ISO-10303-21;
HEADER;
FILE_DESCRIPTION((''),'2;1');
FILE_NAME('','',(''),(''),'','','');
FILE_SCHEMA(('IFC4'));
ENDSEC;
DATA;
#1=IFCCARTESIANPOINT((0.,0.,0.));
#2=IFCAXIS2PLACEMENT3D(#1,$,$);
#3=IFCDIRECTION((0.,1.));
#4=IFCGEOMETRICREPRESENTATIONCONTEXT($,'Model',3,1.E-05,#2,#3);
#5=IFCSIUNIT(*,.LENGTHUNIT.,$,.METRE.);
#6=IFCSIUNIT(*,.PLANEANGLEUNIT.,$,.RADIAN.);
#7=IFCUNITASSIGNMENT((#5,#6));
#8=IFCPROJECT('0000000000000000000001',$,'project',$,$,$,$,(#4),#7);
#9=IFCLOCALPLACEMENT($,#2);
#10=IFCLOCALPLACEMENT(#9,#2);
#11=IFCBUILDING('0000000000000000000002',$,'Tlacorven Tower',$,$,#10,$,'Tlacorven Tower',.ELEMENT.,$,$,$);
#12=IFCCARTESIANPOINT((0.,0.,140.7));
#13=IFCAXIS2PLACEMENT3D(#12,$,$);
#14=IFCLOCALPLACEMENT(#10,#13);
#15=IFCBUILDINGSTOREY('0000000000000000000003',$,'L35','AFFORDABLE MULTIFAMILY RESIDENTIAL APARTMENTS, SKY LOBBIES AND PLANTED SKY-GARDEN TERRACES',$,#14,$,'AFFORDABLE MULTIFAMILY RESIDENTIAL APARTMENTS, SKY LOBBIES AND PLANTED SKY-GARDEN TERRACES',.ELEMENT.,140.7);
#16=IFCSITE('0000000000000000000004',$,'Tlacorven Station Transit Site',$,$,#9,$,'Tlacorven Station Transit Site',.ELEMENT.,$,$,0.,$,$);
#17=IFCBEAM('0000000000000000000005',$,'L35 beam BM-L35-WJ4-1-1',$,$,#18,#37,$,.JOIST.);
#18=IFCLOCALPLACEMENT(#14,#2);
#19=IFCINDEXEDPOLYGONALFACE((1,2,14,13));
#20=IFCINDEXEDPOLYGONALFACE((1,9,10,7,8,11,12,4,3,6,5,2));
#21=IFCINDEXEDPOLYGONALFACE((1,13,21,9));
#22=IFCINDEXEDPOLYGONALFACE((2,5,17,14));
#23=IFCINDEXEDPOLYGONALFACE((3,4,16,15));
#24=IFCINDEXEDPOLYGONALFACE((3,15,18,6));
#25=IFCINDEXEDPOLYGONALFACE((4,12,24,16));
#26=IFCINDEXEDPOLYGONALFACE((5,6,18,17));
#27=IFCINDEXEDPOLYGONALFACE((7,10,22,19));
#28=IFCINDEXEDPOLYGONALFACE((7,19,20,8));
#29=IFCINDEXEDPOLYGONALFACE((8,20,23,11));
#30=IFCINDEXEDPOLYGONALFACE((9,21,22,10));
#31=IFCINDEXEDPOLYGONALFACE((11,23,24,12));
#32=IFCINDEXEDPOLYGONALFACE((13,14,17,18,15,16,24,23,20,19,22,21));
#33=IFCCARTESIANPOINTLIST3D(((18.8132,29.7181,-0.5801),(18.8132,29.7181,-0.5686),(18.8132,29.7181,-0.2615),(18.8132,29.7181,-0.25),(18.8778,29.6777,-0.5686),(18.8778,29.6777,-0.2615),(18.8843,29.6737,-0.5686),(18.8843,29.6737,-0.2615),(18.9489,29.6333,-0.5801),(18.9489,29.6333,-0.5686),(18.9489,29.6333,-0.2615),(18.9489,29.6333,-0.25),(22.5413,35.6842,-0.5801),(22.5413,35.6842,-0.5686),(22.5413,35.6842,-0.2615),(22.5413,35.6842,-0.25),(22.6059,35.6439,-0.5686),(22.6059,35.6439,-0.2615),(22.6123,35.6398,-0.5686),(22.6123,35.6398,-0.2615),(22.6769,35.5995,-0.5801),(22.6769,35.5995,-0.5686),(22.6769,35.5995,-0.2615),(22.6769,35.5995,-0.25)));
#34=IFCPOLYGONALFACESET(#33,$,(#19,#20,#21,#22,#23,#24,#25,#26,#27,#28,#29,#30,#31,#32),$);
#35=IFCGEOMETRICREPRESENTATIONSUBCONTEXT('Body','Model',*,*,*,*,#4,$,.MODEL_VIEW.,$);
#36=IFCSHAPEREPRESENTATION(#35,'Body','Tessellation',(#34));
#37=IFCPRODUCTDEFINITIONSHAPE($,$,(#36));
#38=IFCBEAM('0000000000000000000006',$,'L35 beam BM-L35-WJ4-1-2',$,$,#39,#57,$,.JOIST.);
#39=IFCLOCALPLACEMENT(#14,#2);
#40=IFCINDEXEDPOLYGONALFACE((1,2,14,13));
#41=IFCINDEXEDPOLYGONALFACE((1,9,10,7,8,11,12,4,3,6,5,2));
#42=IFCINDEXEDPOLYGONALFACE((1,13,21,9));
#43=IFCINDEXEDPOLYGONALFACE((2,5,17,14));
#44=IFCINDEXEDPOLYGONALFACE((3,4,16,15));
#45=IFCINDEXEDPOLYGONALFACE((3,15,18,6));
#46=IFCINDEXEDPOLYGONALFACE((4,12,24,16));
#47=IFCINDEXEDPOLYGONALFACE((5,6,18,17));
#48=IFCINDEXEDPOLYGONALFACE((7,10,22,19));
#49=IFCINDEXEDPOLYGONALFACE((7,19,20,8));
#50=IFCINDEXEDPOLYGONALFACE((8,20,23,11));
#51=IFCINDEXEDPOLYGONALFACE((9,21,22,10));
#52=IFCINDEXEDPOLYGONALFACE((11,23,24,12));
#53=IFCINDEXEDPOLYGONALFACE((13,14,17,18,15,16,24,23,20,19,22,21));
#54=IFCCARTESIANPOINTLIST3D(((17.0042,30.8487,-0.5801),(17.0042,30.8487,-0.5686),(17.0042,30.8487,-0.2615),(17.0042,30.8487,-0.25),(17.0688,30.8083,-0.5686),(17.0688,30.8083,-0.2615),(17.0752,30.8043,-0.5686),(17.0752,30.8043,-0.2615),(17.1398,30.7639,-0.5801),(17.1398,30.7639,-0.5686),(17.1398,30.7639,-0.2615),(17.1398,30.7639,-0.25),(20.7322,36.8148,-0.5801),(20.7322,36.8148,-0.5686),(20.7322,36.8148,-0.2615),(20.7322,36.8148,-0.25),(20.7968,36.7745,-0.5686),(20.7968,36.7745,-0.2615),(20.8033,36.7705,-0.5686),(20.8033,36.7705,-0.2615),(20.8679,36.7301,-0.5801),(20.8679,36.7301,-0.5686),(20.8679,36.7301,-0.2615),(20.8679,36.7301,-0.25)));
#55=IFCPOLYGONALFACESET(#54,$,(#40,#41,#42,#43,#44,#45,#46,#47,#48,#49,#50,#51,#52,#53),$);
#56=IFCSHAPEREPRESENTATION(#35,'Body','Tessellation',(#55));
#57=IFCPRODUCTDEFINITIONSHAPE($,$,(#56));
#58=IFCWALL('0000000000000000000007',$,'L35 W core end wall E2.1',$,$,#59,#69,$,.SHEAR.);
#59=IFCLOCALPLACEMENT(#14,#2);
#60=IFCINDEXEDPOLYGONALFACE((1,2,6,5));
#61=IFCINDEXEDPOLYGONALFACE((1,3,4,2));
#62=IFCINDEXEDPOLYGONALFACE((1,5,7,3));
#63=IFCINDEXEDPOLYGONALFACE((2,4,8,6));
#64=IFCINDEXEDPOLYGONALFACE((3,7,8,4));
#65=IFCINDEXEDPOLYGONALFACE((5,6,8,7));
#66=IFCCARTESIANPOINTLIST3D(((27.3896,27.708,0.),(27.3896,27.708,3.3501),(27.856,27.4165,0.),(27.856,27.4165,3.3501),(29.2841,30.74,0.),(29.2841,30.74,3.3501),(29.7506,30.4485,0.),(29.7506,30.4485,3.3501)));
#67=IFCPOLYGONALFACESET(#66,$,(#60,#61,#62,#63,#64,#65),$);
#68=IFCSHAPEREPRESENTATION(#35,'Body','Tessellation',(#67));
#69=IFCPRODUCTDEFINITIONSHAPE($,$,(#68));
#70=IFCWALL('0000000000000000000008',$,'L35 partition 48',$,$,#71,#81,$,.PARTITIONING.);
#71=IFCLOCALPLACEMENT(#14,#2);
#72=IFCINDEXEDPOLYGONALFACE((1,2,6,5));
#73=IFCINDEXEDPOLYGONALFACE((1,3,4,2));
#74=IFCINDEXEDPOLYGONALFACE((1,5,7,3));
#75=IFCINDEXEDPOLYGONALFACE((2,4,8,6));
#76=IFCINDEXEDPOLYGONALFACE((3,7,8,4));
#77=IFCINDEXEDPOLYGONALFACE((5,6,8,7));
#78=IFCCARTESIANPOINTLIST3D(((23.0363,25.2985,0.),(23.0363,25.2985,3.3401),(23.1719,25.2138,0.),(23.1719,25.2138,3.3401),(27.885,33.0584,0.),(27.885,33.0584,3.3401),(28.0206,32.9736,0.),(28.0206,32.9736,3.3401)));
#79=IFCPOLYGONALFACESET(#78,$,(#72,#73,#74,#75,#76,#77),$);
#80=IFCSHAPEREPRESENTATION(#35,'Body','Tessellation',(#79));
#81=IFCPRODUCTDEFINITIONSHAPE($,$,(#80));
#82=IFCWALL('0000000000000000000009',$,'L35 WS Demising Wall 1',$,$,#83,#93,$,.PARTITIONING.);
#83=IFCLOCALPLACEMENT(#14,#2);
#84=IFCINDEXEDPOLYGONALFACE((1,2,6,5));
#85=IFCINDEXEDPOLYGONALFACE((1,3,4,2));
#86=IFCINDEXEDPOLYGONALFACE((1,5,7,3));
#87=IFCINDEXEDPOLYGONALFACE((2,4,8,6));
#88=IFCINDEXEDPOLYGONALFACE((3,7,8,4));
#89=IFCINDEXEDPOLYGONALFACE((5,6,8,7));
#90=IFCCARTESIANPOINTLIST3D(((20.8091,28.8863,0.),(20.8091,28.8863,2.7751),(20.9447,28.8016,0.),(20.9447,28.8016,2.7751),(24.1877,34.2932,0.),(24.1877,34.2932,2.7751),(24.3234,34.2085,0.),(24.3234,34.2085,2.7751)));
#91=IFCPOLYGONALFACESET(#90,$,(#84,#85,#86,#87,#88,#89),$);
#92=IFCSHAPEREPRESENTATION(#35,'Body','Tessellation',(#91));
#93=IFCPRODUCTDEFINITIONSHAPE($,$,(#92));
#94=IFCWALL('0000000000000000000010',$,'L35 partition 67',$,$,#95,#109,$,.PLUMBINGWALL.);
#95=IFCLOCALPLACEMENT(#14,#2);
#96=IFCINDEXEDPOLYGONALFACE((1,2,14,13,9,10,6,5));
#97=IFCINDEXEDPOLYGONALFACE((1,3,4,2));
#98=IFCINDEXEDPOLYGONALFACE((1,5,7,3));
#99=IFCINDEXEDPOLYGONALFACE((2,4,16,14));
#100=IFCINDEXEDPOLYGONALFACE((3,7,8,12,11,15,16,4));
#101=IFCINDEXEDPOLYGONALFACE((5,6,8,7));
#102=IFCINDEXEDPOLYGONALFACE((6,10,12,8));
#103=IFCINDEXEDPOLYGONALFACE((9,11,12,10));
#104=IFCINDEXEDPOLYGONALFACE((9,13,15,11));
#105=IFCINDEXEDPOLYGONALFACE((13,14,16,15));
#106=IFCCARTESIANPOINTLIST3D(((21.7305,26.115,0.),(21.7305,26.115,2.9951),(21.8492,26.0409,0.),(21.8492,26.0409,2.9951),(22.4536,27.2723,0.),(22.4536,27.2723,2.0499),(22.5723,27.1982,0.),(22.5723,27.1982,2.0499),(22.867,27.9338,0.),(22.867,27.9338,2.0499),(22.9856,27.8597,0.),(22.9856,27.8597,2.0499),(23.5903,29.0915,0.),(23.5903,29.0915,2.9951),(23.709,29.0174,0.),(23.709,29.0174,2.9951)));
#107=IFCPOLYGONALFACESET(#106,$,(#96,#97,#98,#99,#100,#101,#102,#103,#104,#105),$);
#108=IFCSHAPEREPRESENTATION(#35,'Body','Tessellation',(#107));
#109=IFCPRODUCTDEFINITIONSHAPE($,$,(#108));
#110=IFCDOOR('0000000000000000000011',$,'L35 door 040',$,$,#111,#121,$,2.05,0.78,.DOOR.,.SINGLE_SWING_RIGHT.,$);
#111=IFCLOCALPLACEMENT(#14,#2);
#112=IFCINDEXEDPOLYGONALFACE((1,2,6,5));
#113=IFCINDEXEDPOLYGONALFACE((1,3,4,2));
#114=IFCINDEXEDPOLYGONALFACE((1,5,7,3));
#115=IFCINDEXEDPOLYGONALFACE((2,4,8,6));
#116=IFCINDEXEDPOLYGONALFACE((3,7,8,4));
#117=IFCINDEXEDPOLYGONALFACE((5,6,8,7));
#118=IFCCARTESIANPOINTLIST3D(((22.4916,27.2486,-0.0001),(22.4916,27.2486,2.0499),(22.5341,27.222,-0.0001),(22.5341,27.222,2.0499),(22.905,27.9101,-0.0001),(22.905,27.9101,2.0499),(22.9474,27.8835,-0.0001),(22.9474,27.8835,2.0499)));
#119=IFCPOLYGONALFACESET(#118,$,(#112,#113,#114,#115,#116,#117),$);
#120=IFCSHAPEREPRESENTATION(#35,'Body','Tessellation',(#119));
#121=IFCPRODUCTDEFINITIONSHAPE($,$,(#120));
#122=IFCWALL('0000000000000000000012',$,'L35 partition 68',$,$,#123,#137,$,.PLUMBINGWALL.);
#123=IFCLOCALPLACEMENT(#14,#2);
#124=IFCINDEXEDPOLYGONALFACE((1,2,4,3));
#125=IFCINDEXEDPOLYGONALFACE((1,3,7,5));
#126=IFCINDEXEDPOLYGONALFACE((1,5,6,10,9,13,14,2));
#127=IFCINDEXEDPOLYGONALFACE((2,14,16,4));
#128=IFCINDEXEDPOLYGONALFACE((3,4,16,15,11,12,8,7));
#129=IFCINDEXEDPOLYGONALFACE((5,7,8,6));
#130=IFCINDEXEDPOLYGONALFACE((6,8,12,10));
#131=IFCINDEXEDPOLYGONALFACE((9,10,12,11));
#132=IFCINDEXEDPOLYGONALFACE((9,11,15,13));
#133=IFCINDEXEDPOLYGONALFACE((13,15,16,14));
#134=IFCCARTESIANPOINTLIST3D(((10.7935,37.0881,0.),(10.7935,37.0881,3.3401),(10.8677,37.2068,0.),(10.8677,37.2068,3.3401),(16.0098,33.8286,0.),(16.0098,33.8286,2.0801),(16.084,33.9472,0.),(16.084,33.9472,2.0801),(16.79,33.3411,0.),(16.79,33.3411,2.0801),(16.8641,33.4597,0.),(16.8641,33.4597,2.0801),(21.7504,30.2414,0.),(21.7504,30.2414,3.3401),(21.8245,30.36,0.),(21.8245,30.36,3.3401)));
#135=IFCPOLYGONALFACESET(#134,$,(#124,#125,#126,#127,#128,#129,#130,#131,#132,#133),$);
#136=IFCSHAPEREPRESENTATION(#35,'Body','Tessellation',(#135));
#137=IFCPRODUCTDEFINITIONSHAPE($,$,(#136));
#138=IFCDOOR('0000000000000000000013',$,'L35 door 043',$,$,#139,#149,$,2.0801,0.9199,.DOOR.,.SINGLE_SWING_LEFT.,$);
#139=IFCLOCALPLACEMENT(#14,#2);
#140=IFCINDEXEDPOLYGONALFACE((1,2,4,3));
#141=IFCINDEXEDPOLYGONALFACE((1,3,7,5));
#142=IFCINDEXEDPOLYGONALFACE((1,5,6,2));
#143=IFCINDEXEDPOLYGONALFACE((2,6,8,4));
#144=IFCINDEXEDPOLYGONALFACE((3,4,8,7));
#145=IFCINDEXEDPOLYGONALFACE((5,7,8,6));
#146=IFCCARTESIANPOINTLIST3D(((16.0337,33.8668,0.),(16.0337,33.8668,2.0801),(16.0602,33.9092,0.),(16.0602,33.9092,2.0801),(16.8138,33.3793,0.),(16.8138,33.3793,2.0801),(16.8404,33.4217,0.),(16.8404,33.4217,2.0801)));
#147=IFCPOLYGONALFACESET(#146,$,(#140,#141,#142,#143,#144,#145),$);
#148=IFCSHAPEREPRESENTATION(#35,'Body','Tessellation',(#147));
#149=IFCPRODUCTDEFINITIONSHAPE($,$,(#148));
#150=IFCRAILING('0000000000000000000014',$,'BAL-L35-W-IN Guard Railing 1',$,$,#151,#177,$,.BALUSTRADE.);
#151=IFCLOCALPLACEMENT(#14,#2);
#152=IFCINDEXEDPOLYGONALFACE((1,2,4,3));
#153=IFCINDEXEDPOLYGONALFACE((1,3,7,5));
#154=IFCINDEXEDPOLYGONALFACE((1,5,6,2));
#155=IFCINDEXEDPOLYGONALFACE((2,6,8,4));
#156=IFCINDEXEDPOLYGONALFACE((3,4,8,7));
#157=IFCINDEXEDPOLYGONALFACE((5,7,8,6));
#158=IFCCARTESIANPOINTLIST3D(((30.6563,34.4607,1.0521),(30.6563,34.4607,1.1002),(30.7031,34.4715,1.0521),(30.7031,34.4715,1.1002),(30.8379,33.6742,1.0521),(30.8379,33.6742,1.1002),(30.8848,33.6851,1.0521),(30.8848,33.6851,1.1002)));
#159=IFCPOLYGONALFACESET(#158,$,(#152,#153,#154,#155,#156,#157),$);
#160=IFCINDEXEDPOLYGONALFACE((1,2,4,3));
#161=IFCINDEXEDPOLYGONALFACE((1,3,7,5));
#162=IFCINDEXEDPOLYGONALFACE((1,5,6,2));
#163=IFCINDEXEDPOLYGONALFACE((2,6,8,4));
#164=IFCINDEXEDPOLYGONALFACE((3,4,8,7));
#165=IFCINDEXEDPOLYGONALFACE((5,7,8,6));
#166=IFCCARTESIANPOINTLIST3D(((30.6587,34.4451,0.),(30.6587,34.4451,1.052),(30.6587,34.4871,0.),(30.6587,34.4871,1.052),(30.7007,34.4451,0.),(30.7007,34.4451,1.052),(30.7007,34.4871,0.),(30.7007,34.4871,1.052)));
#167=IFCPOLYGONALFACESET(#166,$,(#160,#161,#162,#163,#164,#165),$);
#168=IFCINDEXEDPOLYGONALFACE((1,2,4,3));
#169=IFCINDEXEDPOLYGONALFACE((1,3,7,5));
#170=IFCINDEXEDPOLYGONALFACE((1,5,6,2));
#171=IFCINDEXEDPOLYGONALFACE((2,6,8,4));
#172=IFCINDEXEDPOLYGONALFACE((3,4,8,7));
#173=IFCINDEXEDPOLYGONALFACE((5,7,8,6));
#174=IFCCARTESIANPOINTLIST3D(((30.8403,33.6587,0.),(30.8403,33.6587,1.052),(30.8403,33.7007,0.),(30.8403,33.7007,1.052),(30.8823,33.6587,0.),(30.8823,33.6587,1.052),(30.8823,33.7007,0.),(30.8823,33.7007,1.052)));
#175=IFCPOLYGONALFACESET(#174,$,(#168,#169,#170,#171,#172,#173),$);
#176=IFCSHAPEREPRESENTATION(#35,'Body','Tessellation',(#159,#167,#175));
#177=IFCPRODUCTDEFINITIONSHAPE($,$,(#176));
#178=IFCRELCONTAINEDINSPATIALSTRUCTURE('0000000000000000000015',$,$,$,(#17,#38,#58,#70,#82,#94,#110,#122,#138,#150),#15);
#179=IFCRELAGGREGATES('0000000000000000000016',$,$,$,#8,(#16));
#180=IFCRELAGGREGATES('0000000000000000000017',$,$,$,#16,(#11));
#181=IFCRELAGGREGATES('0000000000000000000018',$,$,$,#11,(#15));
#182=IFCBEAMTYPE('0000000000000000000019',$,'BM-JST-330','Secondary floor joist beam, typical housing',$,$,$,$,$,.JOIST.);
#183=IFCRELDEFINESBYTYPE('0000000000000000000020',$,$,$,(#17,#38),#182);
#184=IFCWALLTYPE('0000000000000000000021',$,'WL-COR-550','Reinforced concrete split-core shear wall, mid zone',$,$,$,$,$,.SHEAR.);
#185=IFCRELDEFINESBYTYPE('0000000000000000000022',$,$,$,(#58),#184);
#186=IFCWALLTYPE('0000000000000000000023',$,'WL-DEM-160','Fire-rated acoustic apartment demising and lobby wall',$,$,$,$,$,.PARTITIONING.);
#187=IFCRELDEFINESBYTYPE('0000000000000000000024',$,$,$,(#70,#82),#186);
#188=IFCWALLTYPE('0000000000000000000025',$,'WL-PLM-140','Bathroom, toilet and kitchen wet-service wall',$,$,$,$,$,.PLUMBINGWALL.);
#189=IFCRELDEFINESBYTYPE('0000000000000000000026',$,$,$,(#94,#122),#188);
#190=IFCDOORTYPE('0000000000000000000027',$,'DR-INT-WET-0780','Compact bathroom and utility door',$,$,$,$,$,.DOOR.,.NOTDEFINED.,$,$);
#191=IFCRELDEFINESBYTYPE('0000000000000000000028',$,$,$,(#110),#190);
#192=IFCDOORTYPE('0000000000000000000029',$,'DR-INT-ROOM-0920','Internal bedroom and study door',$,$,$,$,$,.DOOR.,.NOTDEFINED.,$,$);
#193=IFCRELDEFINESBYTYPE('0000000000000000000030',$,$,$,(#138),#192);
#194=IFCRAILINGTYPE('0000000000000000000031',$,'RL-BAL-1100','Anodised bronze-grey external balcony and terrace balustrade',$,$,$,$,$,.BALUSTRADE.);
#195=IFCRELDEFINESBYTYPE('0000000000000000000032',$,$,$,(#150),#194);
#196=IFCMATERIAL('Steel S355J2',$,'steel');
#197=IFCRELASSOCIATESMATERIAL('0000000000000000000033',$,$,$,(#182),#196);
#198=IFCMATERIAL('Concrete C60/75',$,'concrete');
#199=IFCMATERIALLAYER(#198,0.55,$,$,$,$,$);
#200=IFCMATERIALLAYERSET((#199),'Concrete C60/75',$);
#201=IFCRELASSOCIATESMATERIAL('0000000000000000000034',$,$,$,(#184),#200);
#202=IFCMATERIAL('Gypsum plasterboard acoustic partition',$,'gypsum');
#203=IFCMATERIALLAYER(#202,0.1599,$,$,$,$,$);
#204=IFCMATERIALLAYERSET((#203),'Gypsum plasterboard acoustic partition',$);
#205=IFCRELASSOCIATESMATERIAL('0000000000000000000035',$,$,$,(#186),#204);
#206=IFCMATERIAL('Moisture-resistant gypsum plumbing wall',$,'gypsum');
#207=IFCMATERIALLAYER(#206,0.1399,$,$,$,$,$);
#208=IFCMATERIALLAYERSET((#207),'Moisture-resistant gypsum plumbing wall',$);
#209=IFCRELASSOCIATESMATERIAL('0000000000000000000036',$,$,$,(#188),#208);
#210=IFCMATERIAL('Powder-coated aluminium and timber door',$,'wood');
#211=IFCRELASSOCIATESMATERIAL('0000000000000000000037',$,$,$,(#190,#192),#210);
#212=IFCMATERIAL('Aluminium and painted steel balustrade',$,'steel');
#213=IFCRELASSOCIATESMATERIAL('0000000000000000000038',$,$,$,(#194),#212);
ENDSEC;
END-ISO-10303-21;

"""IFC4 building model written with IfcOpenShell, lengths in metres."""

from ifc_helpers import new_model, si_unit, direction, frame, frame_2d, origin, origin_2d, place, context, subcontext, project, spatial, rectangle, i_section, extrude, source, transform, mapped, material, layer, layer_set, material_profile, profile_set, type_object, element, fill, save


model = new_model("IFC4")

# Units and contexts
model_context = context("Model", 3, precision=1e-05, world=origin(), true_north=direction((0.0, 1.0)))
body_context = subcontext(model_context, "Body", "Model", "MODEL_VIEW")
ifc_project = project(units=[si_unit("LENGTHUNIT", "METRE"), si_unit("PLANEANGLEUNIT", "RADIAN")], contexts=[model_context])

# Site, building, storey
site_placement = place(None, origin())
site = spatial("IfcSite", under=ifc_project, at=site_placement, Name="Tlacorven Station Transit Site", LongName="Tlacorven Station Transit Site", CompositionType="ELEMENT", RefElevation=0.0)
building_placement = place(site_placement, origin())
building = spatial("IfcBuilding", under=site, at=building_placement, Name="Tlacorven Tower", LongName="Tlacorven Tower", CompositionType="ELEMENT")
storey_placement = place(building_placement, frame((0.0, 0.0, 140.7)))
storey = spatial("IfcBuildingStorey", under=building, at=storey_placement, Name="L35", Description="AFFORDABLE MULTIFAMILY RESIDENTIAL APARTMENTS, SKY LOBBIES AND PLANTED SKY-GARDEN TERRACES", LongName="AFFORDABLE MULTIFAMILY RESIDENTIAL APARTMENTS, SKY LOBBIES AND PLANTED SKY-GARDEN TERRACES", CompositionType="ELEMENT", Elevation=140.7)

# Beams
ifc_material_1 = material(Name="Steel S355J2", Category="steel")
ifc_material_profile_1 = material_profile(ifc_material_1, i_section(OverallWidth=0.1599, OverallDepth=0.3301, WebThickness=0.0076, FlangeThickness=0.0115, at=origin_2d()), Name="IPE 330")
ifc_profile_set_1 = profile_set([ifc_material_profile_1], Name="Steel S355J2")
beam_type_1 = type_object("IfcBeamType", Name="BM-JST-330", Description="Secondary floor joist beam, typical housing", PredefinedType="JOIST", material=ifc_profile_set_1)
shared_shape_1 = source(origin(), body_context, "Body", "SweptSolid", [
    extrude(i_section(OverallWidth=0.1599, OverallDepth=0.3301, WebThickness=0.0076, FlangeThickness=0.0115, at=origin_2d()), origin(), (0.0, 0.0, 1.0), 7.0352),
])
for number, where, z_axis, x_axis, name in (
    (1, (22.6091, 35.6418, -0.415), (-0.529921, -0.848047, 0.0), (0.848047, -0.529921, 0.0), "L35 beam BM-L35-WJ4-1-1"),
    (2, (20.8, 36.7725, -0.415), (-0.529921, -0.848047, 0.0), (0.848047, -0.529921, 0.0), "L35 beam BM-L35-WJ4-1-2"),
):
    element("IfcBeam", number, at=place(storey_placement, frame(where, z_axis=z_axis, x_axis=x_axis)), inside=storey, type_object=beam_type_1, Name=name, PredefinedType="JOIST", context=body_context, shape_type="MappedRepresentation", body=[
        mapped(shared_shape_1, transform((0.0, 0.0, 0.0), scale=1.0)),
    ])

# Walls
ifc_material_2 = material(Name="Concrete C60/75", Category="concrete")
ifc_layer_1 = layer(ifc_material_2, 0.55)
ifc_layer_set_1 = layer_set([ifc_layer_1], Name="Concrete C60/75")
wall_type_1 = type_object("IfcWallType", Name="WL-COR-550", Description="Reinforced concrete split-core shear wall, mid zone", PredefinedType="SHEAR", material=ifc_layer_set_1)
wall_1_placement = place(storey_placement, frame((29.5173, 30.5942, 0.0), z_axis=(0.0, 0.0, 1.0), x_axis=(-0.529907, -0.848056, 0.0)))
element("IfcWall", 3, at=wall_1_placement, inside=storey, type_object=wall_type_1, Name="L35 W core end wall E2.1", PredefinedType="SHEAR", context=body_context, shape_type="SweptSolid", body=[
    extrude(rectangle(XDim=3.5752, YDim=0.55, at=frame_2d((1.7876, 0.0))), origin(), (0.0, 0.0, 1.0), 3.3501),
])
ifc_material_3 = material(Name="Gypsum plasterboard acoustic partition", Category="gypsum")
ifc_layer_2 = layer(ifc_material_3, 0.1599)
ifc_layer_set_2 = layer_set([ifc_layer_2], Name="Gypsum plasterboard acoustic partition")
wall_type_2 = type_object("IfcWallType", Name="WL-DEM-160", Description="Fire-rated acoustic apartment demising and lobby wall", PredefinedType="PARTITIONING", material=ifc_layer_set_2)
wall_2_placement = place(storey_placement, frame((27.9529, 33.0161, 0.0), z_axis=(0.0, 0.0, 1.0), x_axis=(-0.529903, -0.848058, 0.0)))
element("IfcWall", 4, at=wall_2_placement, inside=storey, type_object=wall_type_2, Name="L35 partition 48", PredefinedType="PARTITIONING", context=body_context, shape_type="SweptSolid", body=[
    extrude(rectangle(XDim=9.1501, YDim=0.1599, at=frame_2d((4.5752, 0.0))), origin(), (0.0, 0.0, 1.0), 3.3401),
])
wall_3_placement = place(storey_placement, frame((24.2556, 34.251, 0.0), z_axis=(0.0, 0.0, 1.0), x_axis=(-0.52992, -0.848048, 0.0)))
element("IfcWall", 5, at=wall_3_placement, inside=storey, type_object=wall_type_2, Name="L35 WS Demising Wall 1", PredefinedType="PARTITIONING", context=body_context, shape_type="SweptSolid", body=[
    extrude(rectangle(XDim=6.3757, YDim=0.1599, at=frame_2d((3.188, 0.0))), origin(), (0.0, 0.0, 1.0), 2.7751),
])

# Walls, openings, doors
ifc_material_4 = material(Name="Moisture-resistant gypsum plumbing wall", Category="gypsum")
ifc_layer_3 = layer(ifc_material_4, 0.1399)
ifc_layer_set_3 = layer_set([ifc_layer_3], Name="Moisture-resistant gypsum plumbing wall")
wall_type_3 = type_object("IfcWallType", Name="WL-PLM-140", Description="Bathroom, toilet and kitchen wet-service wall", PredefinedType="PLUMBINGWALL", material=ifc_layer_set_3)
wall_4_placement = place(storey_placement, frame((23.6497, 29.0544, 0.0), z_axis=(0.0, 0.0, 1.0), x_axis=(-0.529899, -0.848061, 0.0)))
wall_4 = element("IfcWall", 6, at=wall_4_placement, inside=storey, type_object=wall_type_3, Name="L35 partition 67", PredefinedType="PLUMBINGWALL", context=body_context, shape_type="SweptSolid", body=[
    extrude(rectangle(XDim=3.5098, YDim=0.1399, at=frame_2d((1.7549, 0.0))), origin(), (0.0, 0.0, 1.0), 2.9951),
])
opening_1_placement = place(wall_4_placement, frame((1.365, 0.0, 0.0)))
opening_1 = element("IfcOpeningElement", 7, at=opening_1_placement, cuts=wall_4, PredefinedType="OPENING", context=body_context, shape_type="SweptSolid", body=[
    extrude(rectangle(XDim=0.78, YDim=2.05, at=frame_2d((0.3901, 1.0249))), frame((0.0, 0.0801, 0.0), z_axis=(0.0, -1.0, 0.0), x_axis=(1.0, 0.0, 0.0)), (0.0, 0.0, 1.0), 0.1599),
])
ifc_material_5 = material(Name="Powder-coated aluminium and timber door", Category="wood")
door_type_1 = type_object("IfcDoorType", Name="DR-INT-WET-0780", Description="Compact bathroom and utility door", OperationType="NOTDEFINED", PredefinedType="DOOR", material=ifc_material_5)
shared_shape_2 = source(origin(), body_context, "Body", "SweptSolid", [
    extrude(rectangle(XDim=0.78, YDim=2.05, at=frame_2d((0.3901, 1.0249))), frame((0.0, 0.0249, 0.0), z_axis=(0.0, -1.0, 0.0), x_axis=(1.0, 0.0, 0.0)), (0.0, 0.0, 1.0), 0.05),
])
door_1_placement = place(opening_1_placement, origin())
door_1 = element("IfcDoor", 8, at=door_1_placement, inside=storey, type_object=door_type_1, Name="L35 door 040", OperationType="SINGLE_SWING_RIGHT", OverallHeight=2.05, OverallWidth=0.78, PredefinedType="DOOR", context=body_context, shape_type="MappedRepresentation", body=[
    mapped(shared_shape_2, transform((0.0, 0.0, 0.0), scale=1.0)),
])
fill(opening_1, door_1)
wall_5_placement = place(storey_placement, frame((21.7874, 30.3008, 0.0), z_axis=(0.0, 0.0, 1.0), x_axis=(-0.848044, 0.529926, 0.0)))
wall_5 = element("IfcWall", 9, at=wall_5_placement, inside=storey, type_object=wall_type_3, Name="L35 partition 68", PredefinedType="PLUMBINGWALL", context=body_context, shape_type="SweptSolid", body=[
    extrude(rectangle(XDim=12.9202, YDim=0.1399, at=frame_2d((6.46, 0.0))), origin(), (0.0, 0.0, 1.0), 3.3401),
])
opening_2_placement = place(wall_5_placement, frame((5.8491, 0.0, 0.0)))
opening_2 = element("IfcOpeningElement", 10, at=opening_2_placement, cuts=wall_5, PredefinedType="OPENING", context=body_context, shape_type="SweptSolid", body=[
    extrude(rectangle(XDim=0.9199, YDim=2.0801, at=frame_2d((0.46, 1.04))), frame((0.0, 0.0801, 0.0), z_axis=(0.0, -1.0, 0.0), x_axis=(1.0, 0.0, 0.0)), (0.0, 0.0, 1.0), 0.1599),
])
door_type_2 = type_object("IfcDoorType", Name="DR-INT-ROOM-0920", Description="Internal bedroom and study door", OperationType="NOTDEFINED", PredefinedType="DOOR", material=ifc_material_5)
shared_shape_3 = source(origin(), body_context, "Body", "SweptSolid", [
    extrude(rectangle(XDim=0.9199, YDim=2.0801, at=frame_2d((0.46, 1.04))), frame((0.0, 0.0249, 0.0), z_axis=(0.0, -1.0, 0.0), x_axis=(1.0, 0.0, 0.0)), (0.0, 0.0, 1.0), 0.05),
])
door_2_placement = place(opening_2_placement, origin())
door_2 = element("IfcDoor", 11, at=door_2_placement, inside=storey, type_object=door_type_2, Name="L35 door 043", OperationType="SINGLE_SWING_LEFT", OverallHeight=2.0801, OverallWidth=0.9199, PredefinedType="DOOR", context=body_context, shape_type="MappedRepresentation", body=[
    mapped(shared_shape_3, transform((0.0, 0.0, 0.0), scale=1.0)),
])
fill(opening_2, door_2)

# Railing
ifc_material_6 = material(Name="Aluminium and painted steel balustrade", Category="steel")
railing_type = type_object("IfcRailingType", Name="RL-BAL-1100", Description="Anodised bronze-grey external balcony and terrace balustrade", PredefinedType="BALUSTRADE", material=ifc_material_6)
shared_shape_4 = source(origin(), body_context, "Body", "SweptSolid", [
    extrude(rectangle(XDim=0.0481, YDim=0.0481, at=origin_2d()), frame((0.0, 0.0, 1.0762), z_axis=(0.225058, -0.974345, 0.0), x_axis=(0.974345, 0.225058, 0.0)), (0.0, 0.0, 1.0), 0.8071),
    extrude(rectangle(XDim=0.042, YDim=0.042, at=origin_2d()), origin(), (0.0, 0.0, 1.0), 1.052),
    extrude(rectangle(XDim=0.042, YDim=0.042, at=origin_2d()), frame((0.1816, -0.7864, 0.0)), (0.0, 0.0, 1.0), 1.052),
])
railing_1_placement = place(storey_placement, frame((30.6797, 34.4661, 0.0)))
element("IfcRailing", 12, at=railing_1_placement, inside=storey, type_object=railing_type, Name="BAL-L35-W-IN Guard Railing 1", PredefinedType="BALUSTRADE", context=body_context, shape_type="MappedRepresentation", body=[
    mapped(shared_shape_4, transform((0.0, 0.0, 0.0), scale=1.0)),
])

save(model, "model.ifc")
